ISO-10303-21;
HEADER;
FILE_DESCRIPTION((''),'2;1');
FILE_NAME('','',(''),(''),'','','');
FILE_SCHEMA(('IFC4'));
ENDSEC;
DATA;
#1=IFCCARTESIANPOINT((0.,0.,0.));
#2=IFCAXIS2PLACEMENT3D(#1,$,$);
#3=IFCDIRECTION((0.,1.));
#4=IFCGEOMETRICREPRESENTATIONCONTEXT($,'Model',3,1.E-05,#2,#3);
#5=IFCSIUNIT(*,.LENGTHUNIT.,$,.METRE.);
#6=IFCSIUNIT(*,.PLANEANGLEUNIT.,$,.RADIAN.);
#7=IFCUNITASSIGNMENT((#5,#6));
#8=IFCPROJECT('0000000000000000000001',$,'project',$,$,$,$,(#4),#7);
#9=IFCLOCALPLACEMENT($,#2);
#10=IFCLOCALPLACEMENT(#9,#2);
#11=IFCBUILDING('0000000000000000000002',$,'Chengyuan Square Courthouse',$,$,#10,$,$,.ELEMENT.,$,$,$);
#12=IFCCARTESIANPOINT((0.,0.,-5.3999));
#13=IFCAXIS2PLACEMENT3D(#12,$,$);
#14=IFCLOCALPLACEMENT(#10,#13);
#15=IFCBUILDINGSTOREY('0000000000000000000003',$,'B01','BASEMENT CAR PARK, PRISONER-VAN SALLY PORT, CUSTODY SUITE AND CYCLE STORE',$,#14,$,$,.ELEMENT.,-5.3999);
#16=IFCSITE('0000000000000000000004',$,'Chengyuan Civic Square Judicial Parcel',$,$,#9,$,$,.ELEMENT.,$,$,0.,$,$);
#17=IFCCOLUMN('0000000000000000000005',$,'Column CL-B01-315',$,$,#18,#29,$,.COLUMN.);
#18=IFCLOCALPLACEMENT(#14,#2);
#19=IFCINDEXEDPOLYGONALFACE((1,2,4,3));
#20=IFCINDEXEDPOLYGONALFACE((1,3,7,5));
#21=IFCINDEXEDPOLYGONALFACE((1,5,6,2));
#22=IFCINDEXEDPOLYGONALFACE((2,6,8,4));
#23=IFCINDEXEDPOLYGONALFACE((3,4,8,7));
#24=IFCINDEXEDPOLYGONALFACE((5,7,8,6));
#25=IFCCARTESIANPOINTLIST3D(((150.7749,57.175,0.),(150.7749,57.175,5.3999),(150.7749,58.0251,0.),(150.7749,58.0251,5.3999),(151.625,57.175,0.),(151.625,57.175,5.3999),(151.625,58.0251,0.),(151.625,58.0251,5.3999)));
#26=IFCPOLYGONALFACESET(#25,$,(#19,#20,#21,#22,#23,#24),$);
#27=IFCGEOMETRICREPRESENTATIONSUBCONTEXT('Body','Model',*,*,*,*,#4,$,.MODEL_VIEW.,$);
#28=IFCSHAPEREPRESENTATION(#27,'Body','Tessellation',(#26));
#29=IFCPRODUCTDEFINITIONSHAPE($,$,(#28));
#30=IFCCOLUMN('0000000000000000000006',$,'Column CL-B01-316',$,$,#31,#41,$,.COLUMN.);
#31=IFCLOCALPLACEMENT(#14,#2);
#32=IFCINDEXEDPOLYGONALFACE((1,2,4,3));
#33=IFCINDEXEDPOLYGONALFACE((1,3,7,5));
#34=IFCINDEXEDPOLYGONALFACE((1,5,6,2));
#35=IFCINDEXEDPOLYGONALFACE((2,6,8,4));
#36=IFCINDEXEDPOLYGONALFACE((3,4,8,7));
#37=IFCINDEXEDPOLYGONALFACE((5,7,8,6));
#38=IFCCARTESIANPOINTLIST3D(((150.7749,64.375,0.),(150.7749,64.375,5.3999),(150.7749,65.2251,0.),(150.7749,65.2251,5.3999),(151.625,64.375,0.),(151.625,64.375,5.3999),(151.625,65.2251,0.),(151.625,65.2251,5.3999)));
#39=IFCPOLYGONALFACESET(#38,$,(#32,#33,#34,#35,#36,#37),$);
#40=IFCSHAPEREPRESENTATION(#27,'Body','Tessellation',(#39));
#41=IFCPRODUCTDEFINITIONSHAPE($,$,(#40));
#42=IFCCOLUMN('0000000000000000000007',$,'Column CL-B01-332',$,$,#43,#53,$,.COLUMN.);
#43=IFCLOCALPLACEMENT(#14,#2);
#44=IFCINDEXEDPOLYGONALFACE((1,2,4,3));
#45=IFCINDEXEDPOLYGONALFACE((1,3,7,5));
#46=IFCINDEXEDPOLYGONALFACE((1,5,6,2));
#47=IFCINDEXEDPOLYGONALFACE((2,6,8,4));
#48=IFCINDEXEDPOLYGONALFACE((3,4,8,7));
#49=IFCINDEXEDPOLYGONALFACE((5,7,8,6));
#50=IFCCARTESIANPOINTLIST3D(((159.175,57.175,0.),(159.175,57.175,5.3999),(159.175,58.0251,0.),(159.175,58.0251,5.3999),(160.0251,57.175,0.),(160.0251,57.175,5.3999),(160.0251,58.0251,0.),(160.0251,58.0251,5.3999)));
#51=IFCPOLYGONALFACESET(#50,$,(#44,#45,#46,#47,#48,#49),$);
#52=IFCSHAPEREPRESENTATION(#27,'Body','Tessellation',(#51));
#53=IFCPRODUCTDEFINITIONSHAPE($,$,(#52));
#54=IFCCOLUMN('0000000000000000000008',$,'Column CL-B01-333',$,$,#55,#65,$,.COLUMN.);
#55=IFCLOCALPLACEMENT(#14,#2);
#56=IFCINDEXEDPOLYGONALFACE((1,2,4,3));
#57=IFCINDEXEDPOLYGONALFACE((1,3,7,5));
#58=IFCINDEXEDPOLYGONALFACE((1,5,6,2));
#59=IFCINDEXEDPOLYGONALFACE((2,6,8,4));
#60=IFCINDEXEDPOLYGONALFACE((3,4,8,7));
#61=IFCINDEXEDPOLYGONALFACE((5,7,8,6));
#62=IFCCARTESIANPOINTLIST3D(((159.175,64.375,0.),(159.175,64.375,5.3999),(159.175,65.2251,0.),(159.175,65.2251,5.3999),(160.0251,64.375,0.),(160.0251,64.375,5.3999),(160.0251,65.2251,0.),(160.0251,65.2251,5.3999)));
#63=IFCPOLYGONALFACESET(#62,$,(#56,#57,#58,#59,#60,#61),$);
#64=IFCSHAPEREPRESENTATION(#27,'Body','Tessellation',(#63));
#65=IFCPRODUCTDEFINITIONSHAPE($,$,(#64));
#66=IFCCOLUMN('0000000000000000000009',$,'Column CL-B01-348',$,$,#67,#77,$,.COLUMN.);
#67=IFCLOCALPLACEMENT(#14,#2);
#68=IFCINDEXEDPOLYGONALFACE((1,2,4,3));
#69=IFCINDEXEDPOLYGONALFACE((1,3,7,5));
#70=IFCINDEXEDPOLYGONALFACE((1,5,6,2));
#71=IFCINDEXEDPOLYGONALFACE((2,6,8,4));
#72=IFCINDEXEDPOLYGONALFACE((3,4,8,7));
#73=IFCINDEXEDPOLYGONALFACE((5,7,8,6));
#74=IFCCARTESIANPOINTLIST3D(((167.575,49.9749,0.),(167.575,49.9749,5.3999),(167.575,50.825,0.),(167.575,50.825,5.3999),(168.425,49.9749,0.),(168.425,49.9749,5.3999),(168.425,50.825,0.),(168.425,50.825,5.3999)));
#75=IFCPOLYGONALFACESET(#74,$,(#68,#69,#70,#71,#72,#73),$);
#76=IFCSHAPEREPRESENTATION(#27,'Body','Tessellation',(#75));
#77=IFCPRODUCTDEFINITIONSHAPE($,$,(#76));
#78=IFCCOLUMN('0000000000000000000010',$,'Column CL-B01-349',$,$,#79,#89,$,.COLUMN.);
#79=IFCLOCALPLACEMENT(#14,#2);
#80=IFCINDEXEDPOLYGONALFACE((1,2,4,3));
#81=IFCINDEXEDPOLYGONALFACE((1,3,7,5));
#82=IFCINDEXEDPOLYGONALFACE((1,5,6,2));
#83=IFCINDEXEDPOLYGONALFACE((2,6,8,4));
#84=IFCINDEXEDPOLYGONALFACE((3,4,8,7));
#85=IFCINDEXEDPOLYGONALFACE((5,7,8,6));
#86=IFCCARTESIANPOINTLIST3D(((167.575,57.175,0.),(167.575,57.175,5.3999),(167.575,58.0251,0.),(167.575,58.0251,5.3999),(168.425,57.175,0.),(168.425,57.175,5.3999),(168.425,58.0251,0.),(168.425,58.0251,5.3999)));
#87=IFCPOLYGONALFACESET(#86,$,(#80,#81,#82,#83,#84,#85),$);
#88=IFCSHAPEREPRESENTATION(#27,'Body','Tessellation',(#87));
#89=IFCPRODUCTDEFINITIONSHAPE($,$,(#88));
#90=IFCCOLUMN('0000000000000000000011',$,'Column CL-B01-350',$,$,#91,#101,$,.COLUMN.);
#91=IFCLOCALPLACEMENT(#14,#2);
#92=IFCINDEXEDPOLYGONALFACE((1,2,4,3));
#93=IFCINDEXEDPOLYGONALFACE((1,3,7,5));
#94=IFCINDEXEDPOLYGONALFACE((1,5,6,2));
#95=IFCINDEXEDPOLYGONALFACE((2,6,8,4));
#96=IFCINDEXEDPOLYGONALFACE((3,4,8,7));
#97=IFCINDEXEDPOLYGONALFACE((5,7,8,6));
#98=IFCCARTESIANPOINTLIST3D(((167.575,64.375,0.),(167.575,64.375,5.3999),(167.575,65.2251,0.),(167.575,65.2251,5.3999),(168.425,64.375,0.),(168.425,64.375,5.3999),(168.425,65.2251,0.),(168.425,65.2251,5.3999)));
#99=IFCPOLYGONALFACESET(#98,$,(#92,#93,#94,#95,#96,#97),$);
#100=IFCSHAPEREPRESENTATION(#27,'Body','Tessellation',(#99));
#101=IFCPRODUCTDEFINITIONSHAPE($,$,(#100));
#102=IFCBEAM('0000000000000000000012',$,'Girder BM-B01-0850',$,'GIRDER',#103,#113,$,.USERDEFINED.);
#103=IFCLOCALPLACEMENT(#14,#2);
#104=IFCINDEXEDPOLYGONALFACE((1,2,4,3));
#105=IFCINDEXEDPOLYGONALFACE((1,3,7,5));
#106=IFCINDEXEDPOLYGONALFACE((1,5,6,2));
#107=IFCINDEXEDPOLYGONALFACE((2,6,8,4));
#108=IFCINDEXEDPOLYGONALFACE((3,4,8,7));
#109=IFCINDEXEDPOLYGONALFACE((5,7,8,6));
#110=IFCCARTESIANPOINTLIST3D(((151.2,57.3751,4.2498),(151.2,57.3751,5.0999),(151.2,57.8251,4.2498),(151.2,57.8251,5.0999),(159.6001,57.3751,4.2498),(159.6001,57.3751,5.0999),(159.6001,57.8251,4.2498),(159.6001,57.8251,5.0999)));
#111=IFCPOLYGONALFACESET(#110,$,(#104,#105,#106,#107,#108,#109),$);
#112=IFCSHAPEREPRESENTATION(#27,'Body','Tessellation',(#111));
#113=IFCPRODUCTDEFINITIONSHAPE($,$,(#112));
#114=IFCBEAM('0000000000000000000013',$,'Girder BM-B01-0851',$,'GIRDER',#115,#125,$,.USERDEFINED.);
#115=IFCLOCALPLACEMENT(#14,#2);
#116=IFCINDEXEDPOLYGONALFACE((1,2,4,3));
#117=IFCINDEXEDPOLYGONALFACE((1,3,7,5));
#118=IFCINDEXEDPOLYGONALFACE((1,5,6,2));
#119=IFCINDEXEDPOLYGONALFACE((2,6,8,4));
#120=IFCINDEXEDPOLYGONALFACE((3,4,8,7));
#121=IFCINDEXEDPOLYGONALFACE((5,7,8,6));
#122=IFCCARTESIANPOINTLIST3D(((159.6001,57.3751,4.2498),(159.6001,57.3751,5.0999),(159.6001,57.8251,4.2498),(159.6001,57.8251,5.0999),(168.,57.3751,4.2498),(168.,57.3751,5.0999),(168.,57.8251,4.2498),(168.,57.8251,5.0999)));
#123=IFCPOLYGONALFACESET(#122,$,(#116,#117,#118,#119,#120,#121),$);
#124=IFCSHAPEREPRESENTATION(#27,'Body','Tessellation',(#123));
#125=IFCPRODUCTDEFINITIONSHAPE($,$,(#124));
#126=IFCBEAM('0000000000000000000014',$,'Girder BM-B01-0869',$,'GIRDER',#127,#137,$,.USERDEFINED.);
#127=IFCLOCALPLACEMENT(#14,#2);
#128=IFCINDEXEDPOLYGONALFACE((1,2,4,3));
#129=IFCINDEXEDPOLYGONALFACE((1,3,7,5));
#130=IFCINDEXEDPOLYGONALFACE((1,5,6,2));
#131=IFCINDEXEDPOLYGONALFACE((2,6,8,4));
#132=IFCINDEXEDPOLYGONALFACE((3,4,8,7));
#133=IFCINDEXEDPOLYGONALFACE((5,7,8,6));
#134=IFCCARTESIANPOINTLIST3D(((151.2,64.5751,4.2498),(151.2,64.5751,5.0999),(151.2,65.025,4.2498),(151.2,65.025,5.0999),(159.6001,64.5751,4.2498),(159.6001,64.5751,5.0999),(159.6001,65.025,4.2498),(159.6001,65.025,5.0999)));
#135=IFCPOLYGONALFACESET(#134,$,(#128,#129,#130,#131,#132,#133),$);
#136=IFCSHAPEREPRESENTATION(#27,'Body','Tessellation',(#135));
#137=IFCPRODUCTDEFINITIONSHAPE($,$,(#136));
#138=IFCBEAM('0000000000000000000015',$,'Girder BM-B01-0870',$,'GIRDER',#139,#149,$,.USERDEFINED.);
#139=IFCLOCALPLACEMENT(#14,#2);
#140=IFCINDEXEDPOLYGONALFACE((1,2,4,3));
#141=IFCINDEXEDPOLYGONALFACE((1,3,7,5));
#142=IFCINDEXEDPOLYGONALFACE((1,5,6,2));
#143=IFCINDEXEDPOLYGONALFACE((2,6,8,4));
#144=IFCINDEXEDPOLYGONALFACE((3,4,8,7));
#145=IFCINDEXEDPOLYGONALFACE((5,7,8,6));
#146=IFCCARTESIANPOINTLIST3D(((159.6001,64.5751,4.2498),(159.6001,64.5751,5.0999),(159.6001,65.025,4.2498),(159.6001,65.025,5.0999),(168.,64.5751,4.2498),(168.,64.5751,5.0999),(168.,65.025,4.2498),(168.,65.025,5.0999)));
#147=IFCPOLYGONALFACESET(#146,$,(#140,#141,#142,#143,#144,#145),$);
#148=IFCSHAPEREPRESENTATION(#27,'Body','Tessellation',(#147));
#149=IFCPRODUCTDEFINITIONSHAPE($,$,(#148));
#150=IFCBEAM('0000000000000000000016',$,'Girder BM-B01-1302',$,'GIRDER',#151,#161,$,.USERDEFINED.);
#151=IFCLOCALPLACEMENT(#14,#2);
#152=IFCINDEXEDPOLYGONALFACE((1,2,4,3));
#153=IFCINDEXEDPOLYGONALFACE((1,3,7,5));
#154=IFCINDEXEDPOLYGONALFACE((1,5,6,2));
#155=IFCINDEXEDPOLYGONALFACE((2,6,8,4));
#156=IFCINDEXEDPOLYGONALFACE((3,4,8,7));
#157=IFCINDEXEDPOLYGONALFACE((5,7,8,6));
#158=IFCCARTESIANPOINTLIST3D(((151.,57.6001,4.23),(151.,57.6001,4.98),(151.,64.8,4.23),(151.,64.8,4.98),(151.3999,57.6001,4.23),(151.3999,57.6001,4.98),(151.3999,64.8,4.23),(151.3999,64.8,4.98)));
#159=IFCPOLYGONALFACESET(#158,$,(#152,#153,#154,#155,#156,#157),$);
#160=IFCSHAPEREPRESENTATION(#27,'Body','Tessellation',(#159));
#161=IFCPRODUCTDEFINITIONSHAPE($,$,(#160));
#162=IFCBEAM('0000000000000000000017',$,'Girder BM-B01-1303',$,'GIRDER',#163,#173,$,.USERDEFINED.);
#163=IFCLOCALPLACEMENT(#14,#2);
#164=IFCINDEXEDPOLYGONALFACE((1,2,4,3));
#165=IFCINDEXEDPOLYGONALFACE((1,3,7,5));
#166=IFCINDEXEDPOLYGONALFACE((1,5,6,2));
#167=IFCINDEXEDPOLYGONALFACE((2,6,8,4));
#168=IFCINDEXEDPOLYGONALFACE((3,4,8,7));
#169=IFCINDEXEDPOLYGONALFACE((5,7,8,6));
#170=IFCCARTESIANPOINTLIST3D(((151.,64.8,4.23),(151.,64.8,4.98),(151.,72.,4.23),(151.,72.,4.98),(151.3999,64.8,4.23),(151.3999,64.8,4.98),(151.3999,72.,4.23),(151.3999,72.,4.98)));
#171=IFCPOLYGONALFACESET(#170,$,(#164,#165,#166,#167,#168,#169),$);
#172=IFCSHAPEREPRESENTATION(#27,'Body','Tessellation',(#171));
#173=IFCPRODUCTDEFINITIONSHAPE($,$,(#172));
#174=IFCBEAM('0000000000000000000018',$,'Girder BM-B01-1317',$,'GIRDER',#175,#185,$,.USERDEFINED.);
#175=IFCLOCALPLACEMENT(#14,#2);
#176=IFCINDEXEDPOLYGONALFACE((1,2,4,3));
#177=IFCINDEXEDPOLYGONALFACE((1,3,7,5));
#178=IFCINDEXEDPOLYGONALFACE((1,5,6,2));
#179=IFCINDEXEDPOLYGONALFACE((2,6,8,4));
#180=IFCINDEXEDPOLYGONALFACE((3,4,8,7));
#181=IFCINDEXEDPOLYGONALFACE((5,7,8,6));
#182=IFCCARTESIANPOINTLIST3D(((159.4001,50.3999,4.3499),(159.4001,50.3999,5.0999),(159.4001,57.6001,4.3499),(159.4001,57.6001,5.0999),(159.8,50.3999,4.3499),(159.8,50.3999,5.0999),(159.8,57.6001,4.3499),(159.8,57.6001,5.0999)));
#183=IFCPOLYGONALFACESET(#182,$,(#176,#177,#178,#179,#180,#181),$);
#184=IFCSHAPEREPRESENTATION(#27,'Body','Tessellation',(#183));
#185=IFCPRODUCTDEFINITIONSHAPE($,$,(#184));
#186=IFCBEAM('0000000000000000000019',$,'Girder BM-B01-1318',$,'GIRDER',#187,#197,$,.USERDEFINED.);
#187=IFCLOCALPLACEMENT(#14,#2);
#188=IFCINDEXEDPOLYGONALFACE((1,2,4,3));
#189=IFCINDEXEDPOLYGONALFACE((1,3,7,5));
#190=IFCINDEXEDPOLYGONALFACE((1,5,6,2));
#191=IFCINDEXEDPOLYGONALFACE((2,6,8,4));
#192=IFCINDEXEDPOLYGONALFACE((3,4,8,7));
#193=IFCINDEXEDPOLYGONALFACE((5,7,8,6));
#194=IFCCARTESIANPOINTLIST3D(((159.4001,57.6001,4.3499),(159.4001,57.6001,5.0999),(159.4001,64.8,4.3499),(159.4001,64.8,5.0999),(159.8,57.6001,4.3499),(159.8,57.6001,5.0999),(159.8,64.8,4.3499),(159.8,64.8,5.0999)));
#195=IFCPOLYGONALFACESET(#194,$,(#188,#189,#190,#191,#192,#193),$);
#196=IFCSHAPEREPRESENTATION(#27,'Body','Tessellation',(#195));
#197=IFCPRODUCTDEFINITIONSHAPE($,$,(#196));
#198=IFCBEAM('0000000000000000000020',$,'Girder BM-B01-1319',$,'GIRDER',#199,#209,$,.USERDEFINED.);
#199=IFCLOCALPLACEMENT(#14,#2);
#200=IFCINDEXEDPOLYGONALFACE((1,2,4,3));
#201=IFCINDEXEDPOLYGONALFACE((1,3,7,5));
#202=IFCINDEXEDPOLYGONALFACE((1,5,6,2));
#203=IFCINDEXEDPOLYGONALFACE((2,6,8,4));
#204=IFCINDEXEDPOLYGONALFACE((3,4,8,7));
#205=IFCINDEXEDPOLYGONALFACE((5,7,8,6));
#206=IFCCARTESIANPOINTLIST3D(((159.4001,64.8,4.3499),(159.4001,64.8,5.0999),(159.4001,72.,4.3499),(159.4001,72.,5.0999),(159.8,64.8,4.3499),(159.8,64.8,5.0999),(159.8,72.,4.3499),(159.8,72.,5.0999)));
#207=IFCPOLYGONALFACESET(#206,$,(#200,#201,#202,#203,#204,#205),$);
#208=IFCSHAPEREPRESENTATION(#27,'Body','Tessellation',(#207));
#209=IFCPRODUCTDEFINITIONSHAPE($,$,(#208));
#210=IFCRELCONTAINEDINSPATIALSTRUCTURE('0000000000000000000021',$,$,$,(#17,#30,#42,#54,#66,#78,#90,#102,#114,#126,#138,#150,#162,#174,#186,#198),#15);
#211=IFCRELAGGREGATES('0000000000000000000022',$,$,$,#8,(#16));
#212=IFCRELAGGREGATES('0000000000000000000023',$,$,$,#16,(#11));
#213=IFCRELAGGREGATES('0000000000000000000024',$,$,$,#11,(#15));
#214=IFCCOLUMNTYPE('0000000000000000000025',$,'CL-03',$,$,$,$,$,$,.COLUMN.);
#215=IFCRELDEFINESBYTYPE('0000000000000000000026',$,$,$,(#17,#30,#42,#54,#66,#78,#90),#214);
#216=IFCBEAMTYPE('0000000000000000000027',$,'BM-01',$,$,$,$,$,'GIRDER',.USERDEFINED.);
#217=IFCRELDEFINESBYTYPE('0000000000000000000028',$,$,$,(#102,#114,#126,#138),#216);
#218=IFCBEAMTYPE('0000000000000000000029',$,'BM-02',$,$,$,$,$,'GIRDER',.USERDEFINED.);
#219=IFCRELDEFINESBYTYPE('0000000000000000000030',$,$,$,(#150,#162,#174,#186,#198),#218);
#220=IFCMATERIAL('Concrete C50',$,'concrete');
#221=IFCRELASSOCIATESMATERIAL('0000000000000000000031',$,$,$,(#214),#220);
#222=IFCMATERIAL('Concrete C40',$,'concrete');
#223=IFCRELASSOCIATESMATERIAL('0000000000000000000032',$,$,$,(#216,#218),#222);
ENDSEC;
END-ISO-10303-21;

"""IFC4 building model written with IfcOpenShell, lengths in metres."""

from ifc_helpers import new_model, si_unit, direction, frame, origin, origin_2d, place, context, subcontext, project, spatial, rectangle, extrude, material, material_profile, profile_set, type_object, element, save


model = new_model("IFC4")

# Units and contexts
model_context = context("Model", 3, precision=1e-05, world=origin(), true_north=direction((0.0, 1.0)))
body_context = subcontext(model_context, "Body", "Model", "MODEL_VIEW")
ifc_project = project(units=[si_unit("LENGTHUNIT", "METRE"), si_unit("PLANEANGLEUNIT", "RADIAN")], contexts=[model_context])

# Site, building, storey
site_placement = place(None, origin())
site = spatial("IfcSite", under=ifc_project, at=site_placement, Name="Chengyuan Civic Square Judicial Parcel", CompositionType="ELEMENT", RefElevation=0.0)
building_placement = place(site_placement, origin())
building = spatial("IfcBuilding", under=site, at=building_placement, Name="Chengyuan Square Courthouse", CompositionType="ELEMENT")
storey_placement = place(building_placement, frame((0.0, 0.0, -5.3999)))
storey = spatial("IfcBuildingStorey", under=building, at=storey_placement, Name="B01", Description="BASEMENT CAR PARK, PRISONER-VAN SALLY PORT, CUSTODY SUITE AND CYCLE STORE", CompositionType="ELEMENT", Elevation=-5.3999)

# Columns
ifc_material_1 = material(Name="Concrete C50", Category="concrete")
ifc_material_profile_1 = material_profile(ifc_material_1, rectangle(XDim=0.8501, YDim=0.8501, at=origin_2d()), Name="RC-COL-850x850")
ifc_profile_set_1 = profile_set([ifc_material_profile_1], Name="Concrete C50")
column_type = type_object("IfcColumnType", Name="CL-03", PredefinedType="COLUMN", material=ifc_profile_set_1)
for number, where, z_axis, x_axis, name in (
    (1, (151.2, 57.6001, 0.0), (0.0, 0.0, 1.0), (1.0, 0.0, 0.0), "Column CL-B01-315"),
    (2, (151.2, 64.8, 0.0), (0.0, 0.0, 1.0), (1.0, 0.0, 0.0), "Column CL-B01-316"),
    (3, (159.6001, 57.6001, 0.0), (0.0, 0.0, 1.0), (1.0, 0.0, 0.0), "Column CL-B01-332"),
    (4, (159.6001, 64.8, 0.0), (0.0, 0.0, 1.0), (1.0, 0.0, 0.0), "Column CL-B01-333"),
    (5, (168.0, 50.3999, 0.0), (0.0, 0.0, 1.0), (1.0, 0.0, 0.0), "Column CL-B01-348"),
    (6, (168.0, 57.6001, 0.0), (0.0, 0.0, 1.0), (1.0, 0.0, 0.0), "Column CL-B01-349"),
    (7, (168.0, 64.8, 0.0), (0.0, 0.0, 1.0), (1.0, 0.0, 0.0), "Column CL-B01-350"),
):
    element("IfcColumn", number, at=place(storey_placement, frame(where, z_axis=z_axis, x_axis=x_axis)), inside=storey, type_object=column_type, Name=name, PredefinedType="COLUMN", context=body_context, shape_type="SweptSolid", body=[
        extrude(rectangle(XDim=0.8501, YDim=0.8501, at=origin_2d()), origin(), (0.0, 0.0, 1.0), 5.3999),
    ])

# Beams
ifc_material_2 = material(Name="Concrete C40", Category="concrete")
ifc_material_profile_2 = material_profile(ifc_material_2, rectangle(XDim=0.45, YDim=0.8501, at=origin_2d()), Name="RC-BM-450x850")
ifc_profile_set_2 = profile_set([ifc_material_profile_2], Name="Concrete C40")
beam_type_1 = type_object("IfcBeamType", Name="BM-01", ElementType="GIRDER", PredefinedType="USERDEFINED", material=ifc_profile_set_2)
beam_1_placement = place(storey_placement, frame((151.2, 57.6001, 4.6748), z_axis=(1.0, 0.0, 0.0), x_axis=(0.0, 1.0, 0.0)))
element("IfcBeam", 8, at=beam_1_placement, inside=storey, type_object=beam_type_1, Name="Girder BM-B01-0850", ObjectType="GIRDER", PredefinedType="USERDEFINED", context=body_context, shape_type="SweptSolid", body=[
    extrude(rectangle(XDim=0.45, YDim=0.8501, at=origin_2d()), origin(), (0.0, 0.0, 1.0), 8.4001),
])
beam_2_placement = place(storey_placement, frame((159.6001, 57.6001, 4.6748), z_axis=(1.0, 0.0, 0.0), x_axis=(0.0, 1.0, 0.0)))
element("IfcBeam", 9, at=beam_2_placement, inside=storey, type_object=beam_type_1, Name="Girder BM-B01-0851", ObjectType="GIRDER", PredefinedType="USERDEFINED", context=body_context, shape_type="SweptSolid", body=[
    extrude(rectangle(XDim=0.45, YDim=0.8501, at=origin_2d()), origin(), (0.0, 0.0, 1.0), 8.3999),
])
beam_3_placement = place(storey_placement, frame((151.2, 64.8, 4.6748), z_axis=(1.0, 0.0, 0.0), x_axis=(0.0, 1.0, 0.0)))
element("IfcBeam", 10, at=beam_3_placement, inside=storey, type_object=beam_type_1, Name="Girder BM-B01-0869", ObjectType="GIRDER", PredefinedType="USERDEFINED", context=body_context, shape_type="SweptSolid", body=[
    extrude(rectangle(XDim=0.45, YDim=0.8501, at=origin_2d()), origin(), (0.0, 0.0, 1.0), 8.4001),
])
beam_4_placement = place(storey_placement, frame((159.6001, 64.8, 4.6748), z_axis=(1.0, 0.0, 0.0), x_axis=(0.0, 1.0, 0.0)))
element("IfcBeam", 11, at=beam_4_placement, inside=storey, type_object=beam_type_1, Name="Girder BM-B01-0870", ObjectType="GIRDER", PredefinedType="USERDEFINED", context=body_context, shape_type="SweptSolid", body=[
    extrude(rectangle(XDim=0.45, YDim=0.8501, at=origin_2d()), origin(), (0.0, 0.0, 1.0), 8.3999),
])
ifc_material_profile_3 = material_profile(ifc_material_2, rectangle(XDim=0.3999, YDim=0.75, at=origin_2d()), Name="RC-BM-400x750")
ifc_profile_set_3 = profile_set([ifc_material_profile_3], Name="Concrete C40")
beam_type_2 = type_object("IfcBeamType", Name="BM-02", ElementType="GIRDER", PredefinedType="USERDEFINED", material=ifc_profile_set_3)
for number, where, z_axis, x_axis, name in (
    (12, (151.2, 57.6001, 4.605), (0.0, 1.0, 0.0), (-1.0, 0.0, 0.0), "Girder BM-B01-1302"),
    (13, (151.2, 64.8, 4.605), (0.0, 1.0, 0.0), (-1.0, 0.0, 0.0), "Girder BM-B01-1303"),
):
    element("IfcBeam", number, at=place(storey_placement, frame(where, z_axis=z_axis, x_axis=x_axis)), inside=storey, type_object=beam_type_2, Name=name, ObjectType="GIRDER", PredefinedType="USERDEFINED", context=body_context, shape_type="SweptSolid", body=[
        extrude(rectangle(XDim=0.3999, YDim=0.75, at=origin_2d()), origin(), (0.0, 0.0, 1.0), 7.2),
    ])
beam_5_placement = place(storey_placement, frame((159.6001, 50.3999, 4.7249), z_axis=(0.0, 1.0, 0.0), x_axis=(-1.0, 0.0, 0.0)))
element("IfcBeam", 14, at=beam_5_placement, inside=storey, type_object=beam_type_2, Name="Girder BM-B01-1317", ObjectType="GIRDER", PredefinedType="USERDEFINED", context=body_context, shape_type="SweptSolid", body=[
    extrude(rectangle(XDim=0.3999, YDim=0.75, at=origin_2d()), origin(), (0.0, 0.0, 1.0), 7.2002),
])
for number, where, z_axis, x_axis, name in (
    (15, (159.6001, 57.6001, 4.7249), (0.0, 1.0, 0.0), (-1.0, 0.0, 0.0), "Girder BM-B01-1318"),
    (16, (159.6001, 64.8, 4.7249), (0.0, 1.0, 0.0), (-1.0, 0.0, 0.0), "Girder BM-B01-1319"),
):
    element("IfcBeam", number, at=place(storey_placement, frame(where, z_axis=z_axis, x_axis=x_axis)), inside=storey, type_object=beam_type_2, Name=name, ObjectType="GIRDER", PredefinedType="USERDEFINED", context=body_context, shape_type="SweptSolid", body=[
        extrude(rectangle(XDim=0.3999, YDim=0.75, at=origin_2d()), origin(), (0.0, 0.0, 1.0), 7.2),
    ])

save(model, "model.ifc")
